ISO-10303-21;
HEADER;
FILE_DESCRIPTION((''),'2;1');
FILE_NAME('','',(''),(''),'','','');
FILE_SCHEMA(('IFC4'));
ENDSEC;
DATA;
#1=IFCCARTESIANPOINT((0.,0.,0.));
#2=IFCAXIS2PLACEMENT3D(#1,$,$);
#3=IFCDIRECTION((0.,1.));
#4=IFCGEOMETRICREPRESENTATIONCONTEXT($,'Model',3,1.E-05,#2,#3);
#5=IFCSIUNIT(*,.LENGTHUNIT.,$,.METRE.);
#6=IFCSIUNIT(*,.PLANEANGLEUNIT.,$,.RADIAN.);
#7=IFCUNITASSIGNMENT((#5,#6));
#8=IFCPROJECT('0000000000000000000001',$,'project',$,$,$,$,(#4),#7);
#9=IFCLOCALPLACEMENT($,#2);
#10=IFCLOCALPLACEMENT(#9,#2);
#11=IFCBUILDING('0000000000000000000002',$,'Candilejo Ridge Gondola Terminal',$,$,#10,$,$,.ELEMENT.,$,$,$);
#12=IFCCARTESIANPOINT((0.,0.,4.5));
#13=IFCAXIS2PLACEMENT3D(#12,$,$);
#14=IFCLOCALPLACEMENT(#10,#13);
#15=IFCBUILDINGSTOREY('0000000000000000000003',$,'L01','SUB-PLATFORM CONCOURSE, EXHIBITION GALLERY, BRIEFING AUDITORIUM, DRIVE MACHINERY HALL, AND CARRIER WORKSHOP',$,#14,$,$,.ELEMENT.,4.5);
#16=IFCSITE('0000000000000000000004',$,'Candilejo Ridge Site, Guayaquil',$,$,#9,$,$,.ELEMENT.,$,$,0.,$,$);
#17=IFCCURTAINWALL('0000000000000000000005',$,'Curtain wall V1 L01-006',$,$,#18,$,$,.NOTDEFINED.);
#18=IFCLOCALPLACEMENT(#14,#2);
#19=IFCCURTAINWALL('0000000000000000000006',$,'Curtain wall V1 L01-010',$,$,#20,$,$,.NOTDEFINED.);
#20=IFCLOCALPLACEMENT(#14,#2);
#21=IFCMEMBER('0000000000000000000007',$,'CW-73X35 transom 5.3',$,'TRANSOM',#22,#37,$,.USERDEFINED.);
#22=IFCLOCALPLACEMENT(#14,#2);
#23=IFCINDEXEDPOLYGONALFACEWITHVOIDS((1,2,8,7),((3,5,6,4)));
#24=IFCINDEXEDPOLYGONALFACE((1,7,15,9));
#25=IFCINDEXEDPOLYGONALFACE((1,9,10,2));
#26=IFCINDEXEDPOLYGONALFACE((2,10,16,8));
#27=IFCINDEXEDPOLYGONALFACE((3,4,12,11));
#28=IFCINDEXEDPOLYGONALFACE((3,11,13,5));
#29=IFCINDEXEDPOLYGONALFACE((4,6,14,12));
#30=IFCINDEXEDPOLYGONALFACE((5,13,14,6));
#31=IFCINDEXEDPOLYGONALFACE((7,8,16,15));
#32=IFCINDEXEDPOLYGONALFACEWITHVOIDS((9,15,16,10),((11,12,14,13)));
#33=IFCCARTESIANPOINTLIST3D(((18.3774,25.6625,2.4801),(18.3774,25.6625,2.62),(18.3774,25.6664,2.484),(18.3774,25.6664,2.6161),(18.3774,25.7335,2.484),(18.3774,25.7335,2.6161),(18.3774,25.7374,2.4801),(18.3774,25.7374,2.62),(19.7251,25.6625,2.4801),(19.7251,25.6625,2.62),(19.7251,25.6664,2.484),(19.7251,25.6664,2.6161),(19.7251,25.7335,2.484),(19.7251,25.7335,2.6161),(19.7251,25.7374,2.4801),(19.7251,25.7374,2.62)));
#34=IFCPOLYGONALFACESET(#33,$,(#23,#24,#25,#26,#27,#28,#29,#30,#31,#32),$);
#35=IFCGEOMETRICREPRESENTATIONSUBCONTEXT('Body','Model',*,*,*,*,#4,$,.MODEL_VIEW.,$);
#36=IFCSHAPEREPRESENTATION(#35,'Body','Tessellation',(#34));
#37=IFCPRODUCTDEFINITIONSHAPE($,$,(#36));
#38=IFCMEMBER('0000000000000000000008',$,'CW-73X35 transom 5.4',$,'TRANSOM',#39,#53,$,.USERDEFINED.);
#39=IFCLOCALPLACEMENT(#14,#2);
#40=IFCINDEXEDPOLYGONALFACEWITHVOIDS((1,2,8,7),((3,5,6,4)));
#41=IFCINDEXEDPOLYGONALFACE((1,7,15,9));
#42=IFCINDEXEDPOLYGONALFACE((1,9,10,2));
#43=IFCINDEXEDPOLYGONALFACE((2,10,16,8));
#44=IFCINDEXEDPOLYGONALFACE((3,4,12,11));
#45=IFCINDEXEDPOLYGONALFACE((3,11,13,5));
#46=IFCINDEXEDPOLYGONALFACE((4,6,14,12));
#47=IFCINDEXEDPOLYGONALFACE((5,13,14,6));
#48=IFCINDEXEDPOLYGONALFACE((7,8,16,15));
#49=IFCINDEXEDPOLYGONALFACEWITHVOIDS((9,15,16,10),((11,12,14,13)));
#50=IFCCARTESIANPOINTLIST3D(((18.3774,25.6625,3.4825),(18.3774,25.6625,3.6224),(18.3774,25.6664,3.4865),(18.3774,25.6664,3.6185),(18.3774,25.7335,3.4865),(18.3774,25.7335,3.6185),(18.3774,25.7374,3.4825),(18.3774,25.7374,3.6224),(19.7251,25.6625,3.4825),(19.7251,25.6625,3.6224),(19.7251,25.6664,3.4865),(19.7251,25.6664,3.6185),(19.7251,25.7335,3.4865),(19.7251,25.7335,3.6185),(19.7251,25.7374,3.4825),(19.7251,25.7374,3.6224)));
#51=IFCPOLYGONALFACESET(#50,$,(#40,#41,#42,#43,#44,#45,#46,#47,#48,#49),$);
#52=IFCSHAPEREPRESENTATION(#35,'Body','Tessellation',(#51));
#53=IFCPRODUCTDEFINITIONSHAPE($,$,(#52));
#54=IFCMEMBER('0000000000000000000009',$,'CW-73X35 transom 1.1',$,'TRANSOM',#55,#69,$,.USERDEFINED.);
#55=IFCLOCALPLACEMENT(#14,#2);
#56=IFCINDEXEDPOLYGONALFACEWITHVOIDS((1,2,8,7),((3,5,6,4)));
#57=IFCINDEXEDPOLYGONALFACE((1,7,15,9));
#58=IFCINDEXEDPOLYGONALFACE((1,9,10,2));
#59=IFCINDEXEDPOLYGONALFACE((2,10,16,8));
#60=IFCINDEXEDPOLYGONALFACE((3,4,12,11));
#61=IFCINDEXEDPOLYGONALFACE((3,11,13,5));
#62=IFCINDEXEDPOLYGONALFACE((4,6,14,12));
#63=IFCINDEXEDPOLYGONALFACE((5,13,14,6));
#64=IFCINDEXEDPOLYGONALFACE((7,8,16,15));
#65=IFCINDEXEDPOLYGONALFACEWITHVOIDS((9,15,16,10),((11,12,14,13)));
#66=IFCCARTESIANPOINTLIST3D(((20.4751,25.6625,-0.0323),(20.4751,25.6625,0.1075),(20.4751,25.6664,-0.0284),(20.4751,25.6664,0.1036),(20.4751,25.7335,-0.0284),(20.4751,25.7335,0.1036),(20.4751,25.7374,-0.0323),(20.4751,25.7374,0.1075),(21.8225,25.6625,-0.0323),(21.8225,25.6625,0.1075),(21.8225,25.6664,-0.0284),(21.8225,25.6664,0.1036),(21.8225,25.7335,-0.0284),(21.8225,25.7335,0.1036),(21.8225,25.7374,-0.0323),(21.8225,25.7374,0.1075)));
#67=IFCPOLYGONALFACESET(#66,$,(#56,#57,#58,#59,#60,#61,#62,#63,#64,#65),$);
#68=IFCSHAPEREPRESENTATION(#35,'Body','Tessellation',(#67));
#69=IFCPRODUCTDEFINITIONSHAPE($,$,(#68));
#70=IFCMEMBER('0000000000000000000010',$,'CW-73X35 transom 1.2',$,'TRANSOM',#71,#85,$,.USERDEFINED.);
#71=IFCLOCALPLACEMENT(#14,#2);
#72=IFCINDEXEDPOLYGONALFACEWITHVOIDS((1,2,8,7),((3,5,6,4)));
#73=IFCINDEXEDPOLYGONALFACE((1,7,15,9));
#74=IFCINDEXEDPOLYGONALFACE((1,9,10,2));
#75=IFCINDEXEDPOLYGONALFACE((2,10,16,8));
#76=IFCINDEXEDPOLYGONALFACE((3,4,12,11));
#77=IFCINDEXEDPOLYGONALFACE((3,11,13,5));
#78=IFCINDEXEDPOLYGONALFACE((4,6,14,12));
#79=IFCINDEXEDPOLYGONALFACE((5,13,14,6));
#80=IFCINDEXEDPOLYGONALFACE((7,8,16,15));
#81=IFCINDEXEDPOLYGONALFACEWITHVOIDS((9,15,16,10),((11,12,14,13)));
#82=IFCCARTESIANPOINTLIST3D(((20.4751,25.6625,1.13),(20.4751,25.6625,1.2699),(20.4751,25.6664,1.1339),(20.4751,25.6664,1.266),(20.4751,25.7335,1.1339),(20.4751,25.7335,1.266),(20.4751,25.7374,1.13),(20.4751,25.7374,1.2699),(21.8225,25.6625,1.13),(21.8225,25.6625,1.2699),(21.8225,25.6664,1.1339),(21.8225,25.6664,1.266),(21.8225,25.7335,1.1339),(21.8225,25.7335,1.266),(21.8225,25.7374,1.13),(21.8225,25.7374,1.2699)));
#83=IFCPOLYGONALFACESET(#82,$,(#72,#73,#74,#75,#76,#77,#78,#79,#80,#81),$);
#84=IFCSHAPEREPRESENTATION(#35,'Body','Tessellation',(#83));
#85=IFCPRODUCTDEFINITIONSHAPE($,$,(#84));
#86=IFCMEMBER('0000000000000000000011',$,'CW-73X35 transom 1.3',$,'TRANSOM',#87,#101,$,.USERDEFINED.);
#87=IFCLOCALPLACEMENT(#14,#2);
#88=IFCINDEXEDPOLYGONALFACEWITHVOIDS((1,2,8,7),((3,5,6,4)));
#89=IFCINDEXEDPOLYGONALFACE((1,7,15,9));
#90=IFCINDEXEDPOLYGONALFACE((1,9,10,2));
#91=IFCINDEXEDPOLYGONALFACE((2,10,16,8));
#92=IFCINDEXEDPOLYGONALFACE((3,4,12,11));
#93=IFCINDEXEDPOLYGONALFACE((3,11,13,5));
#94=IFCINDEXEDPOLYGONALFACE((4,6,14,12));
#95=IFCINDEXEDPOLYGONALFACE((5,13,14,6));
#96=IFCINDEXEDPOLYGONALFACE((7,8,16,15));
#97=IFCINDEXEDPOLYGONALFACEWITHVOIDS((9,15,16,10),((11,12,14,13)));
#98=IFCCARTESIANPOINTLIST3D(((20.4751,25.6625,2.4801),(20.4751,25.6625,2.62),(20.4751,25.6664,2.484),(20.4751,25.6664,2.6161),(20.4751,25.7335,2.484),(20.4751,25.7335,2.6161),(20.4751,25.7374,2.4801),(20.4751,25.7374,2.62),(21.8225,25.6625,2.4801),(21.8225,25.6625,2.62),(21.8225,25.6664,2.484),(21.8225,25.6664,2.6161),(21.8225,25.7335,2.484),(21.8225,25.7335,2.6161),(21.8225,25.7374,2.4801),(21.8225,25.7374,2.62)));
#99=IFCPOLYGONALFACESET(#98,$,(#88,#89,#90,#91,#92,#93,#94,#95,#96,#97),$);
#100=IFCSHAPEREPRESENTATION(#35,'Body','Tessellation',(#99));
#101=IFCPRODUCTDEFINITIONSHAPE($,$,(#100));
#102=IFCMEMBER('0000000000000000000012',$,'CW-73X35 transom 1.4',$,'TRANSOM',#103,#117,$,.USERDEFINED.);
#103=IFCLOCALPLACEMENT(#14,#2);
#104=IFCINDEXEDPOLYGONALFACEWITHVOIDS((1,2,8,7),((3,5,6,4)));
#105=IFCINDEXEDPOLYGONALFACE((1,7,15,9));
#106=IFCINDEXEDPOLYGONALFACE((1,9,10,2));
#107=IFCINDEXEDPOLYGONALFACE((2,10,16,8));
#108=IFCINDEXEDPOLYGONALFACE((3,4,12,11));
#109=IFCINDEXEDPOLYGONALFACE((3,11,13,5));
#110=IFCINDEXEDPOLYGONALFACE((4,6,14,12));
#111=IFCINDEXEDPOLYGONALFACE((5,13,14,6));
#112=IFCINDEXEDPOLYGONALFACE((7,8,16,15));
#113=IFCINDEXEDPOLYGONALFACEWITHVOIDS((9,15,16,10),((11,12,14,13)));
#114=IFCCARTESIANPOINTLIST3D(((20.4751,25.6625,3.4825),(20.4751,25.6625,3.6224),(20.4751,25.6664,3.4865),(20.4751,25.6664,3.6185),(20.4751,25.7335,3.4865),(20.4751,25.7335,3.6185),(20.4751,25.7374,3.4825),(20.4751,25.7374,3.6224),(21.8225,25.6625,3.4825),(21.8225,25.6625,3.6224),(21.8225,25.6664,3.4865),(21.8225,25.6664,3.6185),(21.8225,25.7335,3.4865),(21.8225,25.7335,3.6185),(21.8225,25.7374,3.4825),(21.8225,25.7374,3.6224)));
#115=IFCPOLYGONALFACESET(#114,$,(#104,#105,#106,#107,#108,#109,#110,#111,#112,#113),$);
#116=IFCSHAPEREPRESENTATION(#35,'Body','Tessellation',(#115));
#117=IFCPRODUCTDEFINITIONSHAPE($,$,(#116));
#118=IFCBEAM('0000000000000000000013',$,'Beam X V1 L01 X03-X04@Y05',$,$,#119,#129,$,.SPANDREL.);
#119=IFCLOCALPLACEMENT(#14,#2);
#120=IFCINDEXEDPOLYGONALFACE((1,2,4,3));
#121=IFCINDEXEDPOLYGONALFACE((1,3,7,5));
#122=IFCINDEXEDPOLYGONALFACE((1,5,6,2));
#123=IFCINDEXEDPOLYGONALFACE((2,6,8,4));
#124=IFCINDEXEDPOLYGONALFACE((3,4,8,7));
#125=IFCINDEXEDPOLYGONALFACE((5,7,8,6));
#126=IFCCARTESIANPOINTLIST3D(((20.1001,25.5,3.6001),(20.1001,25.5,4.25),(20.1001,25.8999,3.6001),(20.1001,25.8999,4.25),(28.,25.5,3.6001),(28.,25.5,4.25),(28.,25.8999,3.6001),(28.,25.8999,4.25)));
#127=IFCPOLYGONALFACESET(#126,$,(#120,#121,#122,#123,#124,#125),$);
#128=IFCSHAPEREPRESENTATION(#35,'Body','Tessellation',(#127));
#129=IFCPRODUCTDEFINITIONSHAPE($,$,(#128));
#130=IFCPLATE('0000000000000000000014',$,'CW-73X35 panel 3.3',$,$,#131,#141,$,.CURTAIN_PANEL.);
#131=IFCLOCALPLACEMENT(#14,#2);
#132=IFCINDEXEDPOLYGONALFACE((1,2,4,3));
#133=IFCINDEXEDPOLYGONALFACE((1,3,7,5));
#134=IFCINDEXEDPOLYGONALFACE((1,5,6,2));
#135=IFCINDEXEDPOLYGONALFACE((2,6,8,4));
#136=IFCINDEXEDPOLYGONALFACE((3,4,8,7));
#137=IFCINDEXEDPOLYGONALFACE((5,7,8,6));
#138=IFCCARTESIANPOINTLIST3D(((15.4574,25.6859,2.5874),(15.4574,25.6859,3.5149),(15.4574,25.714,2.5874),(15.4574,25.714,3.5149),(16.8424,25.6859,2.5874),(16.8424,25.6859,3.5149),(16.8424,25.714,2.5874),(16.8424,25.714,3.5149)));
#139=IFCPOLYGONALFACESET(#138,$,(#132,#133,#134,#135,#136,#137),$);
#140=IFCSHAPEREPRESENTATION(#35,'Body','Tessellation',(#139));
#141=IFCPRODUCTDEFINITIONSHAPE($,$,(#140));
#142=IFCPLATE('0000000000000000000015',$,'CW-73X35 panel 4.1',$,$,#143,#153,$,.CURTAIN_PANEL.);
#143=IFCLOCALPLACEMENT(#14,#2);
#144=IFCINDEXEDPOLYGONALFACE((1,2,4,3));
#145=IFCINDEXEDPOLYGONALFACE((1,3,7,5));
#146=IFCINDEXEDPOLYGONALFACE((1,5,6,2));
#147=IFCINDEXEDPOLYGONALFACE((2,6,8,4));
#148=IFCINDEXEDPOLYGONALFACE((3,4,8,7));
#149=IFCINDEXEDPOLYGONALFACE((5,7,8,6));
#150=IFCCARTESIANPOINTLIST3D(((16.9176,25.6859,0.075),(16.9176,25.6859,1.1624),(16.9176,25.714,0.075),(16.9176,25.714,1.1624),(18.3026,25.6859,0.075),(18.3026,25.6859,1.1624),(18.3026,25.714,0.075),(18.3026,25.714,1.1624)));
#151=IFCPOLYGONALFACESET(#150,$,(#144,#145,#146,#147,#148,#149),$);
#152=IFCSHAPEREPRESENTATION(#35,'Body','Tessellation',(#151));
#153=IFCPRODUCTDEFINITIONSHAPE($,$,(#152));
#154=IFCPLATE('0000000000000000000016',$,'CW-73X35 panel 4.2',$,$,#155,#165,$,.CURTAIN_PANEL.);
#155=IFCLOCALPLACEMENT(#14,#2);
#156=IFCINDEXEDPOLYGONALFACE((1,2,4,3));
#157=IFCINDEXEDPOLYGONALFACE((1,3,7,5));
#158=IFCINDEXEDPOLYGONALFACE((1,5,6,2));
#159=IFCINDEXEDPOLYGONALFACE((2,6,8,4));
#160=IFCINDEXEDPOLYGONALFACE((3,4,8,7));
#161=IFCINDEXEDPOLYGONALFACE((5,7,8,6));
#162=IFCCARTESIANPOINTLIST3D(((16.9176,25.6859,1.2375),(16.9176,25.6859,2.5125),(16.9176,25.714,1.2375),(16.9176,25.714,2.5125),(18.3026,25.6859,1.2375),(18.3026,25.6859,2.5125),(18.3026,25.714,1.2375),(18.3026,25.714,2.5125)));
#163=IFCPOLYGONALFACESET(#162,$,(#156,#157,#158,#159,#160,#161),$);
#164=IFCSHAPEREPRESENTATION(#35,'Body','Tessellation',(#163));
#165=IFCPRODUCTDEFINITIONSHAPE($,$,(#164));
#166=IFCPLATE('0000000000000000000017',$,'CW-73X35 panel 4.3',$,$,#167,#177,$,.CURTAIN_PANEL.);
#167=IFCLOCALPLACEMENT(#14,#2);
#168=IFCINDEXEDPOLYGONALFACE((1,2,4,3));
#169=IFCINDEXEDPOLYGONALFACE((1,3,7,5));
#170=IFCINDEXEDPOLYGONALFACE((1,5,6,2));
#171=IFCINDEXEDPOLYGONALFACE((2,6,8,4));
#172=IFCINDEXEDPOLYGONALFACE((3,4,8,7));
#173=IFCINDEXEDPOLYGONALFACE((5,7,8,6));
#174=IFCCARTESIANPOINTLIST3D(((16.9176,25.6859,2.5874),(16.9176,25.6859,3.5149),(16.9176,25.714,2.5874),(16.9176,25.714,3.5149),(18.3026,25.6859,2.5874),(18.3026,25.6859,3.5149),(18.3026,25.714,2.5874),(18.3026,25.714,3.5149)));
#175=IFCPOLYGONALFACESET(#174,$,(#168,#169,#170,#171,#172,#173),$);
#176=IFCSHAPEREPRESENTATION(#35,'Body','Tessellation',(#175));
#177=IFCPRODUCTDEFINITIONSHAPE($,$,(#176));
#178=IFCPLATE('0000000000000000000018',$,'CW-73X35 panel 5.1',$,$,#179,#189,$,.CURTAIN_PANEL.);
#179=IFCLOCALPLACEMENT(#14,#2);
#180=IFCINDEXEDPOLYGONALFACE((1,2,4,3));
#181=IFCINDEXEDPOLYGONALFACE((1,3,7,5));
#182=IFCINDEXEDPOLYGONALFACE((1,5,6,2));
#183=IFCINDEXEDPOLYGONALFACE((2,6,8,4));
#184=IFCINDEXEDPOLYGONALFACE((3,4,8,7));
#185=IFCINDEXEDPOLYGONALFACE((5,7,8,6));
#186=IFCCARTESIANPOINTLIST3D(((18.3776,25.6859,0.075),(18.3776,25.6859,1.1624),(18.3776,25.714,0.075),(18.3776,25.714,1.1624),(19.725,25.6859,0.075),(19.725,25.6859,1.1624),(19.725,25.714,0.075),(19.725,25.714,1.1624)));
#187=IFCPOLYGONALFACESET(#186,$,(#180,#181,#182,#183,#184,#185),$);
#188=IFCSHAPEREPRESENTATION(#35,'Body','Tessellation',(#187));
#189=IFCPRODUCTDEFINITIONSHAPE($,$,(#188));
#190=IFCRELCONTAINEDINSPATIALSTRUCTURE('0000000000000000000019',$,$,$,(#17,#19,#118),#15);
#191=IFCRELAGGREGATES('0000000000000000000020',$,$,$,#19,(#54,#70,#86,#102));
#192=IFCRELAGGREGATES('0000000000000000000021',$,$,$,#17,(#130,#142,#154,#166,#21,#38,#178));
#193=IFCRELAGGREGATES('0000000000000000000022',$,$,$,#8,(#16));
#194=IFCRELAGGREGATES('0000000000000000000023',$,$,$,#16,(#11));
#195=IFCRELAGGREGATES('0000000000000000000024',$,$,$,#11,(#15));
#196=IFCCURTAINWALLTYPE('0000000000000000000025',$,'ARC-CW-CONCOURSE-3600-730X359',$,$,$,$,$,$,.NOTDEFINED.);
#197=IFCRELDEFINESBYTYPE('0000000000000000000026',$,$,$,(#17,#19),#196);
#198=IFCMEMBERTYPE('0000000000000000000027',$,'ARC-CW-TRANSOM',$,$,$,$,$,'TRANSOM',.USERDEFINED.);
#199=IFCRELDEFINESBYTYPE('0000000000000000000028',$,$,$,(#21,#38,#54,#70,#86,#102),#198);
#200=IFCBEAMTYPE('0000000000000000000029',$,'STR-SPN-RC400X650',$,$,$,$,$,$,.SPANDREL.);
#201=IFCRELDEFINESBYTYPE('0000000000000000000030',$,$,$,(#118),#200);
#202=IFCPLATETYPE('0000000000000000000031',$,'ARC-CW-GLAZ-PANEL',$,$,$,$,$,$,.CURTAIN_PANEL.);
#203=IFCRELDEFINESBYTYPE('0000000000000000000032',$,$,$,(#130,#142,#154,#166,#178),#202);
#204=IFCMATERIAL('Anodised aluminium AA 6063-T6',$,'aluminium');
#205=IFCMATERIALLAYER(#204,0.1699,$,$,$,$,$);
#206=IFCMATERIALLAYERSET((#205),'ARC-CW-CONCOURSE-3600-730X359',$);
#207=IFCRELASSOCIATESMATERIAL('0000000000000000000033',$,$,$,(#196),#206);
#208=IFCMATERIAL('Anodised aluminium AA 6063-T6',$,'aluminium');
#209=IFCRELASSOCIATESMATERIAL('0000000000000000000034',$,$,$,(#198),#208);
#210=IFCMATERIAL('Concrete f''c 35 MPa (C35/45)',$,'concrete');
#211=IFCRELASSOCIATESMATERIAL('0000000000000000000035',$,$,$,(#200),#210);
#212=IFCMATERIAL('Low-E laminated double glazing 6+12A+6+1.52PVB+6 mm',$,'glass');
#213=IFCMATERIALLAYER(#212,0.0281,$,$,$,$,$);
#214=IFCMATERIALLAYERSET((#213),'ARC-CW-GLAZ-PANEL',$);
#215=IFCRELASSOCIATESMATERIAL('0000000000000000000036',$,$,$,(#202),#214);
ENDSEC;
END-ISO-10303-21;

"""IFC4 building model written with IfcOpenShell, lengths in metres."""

from ifc_helpers import new_model, si_unit, direction, frame, origin, origin_2d, place, context, subcontext, project, spatial, rectangle, hollow_rectangle, extrude, material, layer, layer_set, material_profile, profile_set, type_object, element, aggregate, save


model = new_model("IFC4")

# Units and contexts
model_context = context("Model", 3, precision=1e-05, world=origin(), true_north=direction((0.0, 1.0)))
body_context = subcontext(model_context, "Body", "Model", "MODEL_VIEW")
ifc_project = project(units=[si_unit("LENGTHUNIT", "METRE"), si_unit("PLANEANGLEUNIT", "RADIAN")], contexts=[model_context])

# Site, building, storey
site_placement = place(None, origin())
site = spatial("IfcSite", under=ifc_project, at=site_placement, Name="Candilejo Ridge Site, Guayaquil", CompositionType="ELEMENT", RefElevation=0.0)
building_placement = place(site_placement, origin())
building = spatial("IfcBuilding", under=site, at=building_placement, Name="Candilejo Ridge Gondola Terminal", CompositionType="ELEMENT")
storey_placement = place(building_placement, frame((0.0, 0.0, 4.5)))
storey = spatial("IfcBuildingStorey", under=building, at=storey_placement, Name="L01", Description="SUB-PLATFORM CONCOURSE, EXHIBITION GALLERY, BRIEFING AUDITORIUM, DRIVE MACHINERY HALL, AND CARRIER WORKSHOP", CompositionType="ELEMENT", Elevation=4.5)

# Curtain wall
ifc_material_1 = material(Name="Anodised aluminium AA 6063-T6", Category="aluminium")
ifc_layer_1 = layer(ifc_material_1, 0.1699)
ifc_layer_set_1 = layer_set([ifc_layer_1], Name="ARC-CW-CONCOURSE-3600-730X359")
curtain_wall_type = type_object("IfcCurtainWallType", Name="ARC-CW-CONCOURSE-3600-730X359", PredefinedType="NOTDEFINED", material=ifc_layer_set_1)
curtain_wall_1_placement = place(storey_placement, origin())
curtain_wall_1 = element("IfcCurtainWall", 1, at=curtain_wall_1_placement, inside=storey, type_object=curtain_wall_type, Name="Curtain wall V1 L01-006", PredefinedType="NOTDEFINED")

# Curtain wall
curtain_wall_2_placement = place(storey_placement, origin())
curtain_wall_2 = element("IfcCurtainWall", 2, at=curtain_wall_2_placement, inside=storey, type_object=curtain_wall_type, Name="Curtain wall V1 L01-010", PredefinedType="NOTDEFINED")

# Members
ifc_material_2 = material(Name="Anodised aluminium AA 6063-T6", Category="aluminium")
ifc_material_profile_1 = material_profile(ifc_material_2, hollow_rectangle(XDim=0.075, YDim=0.1399, WallThickness=0.0039, at=origin_2d()))
ifc_profile_set_1 = profile_set([ifc_material_profile_1], Name="Anodised aluminium AA 6063-T6")
member_type_1 = type_object("IfcMemberType", Name="ARC-CW-TRANSOM", ElementType="TRANSOM", PredefinedType="USERDEFINED", material=ifc_profile_set_1)
member_1_placement = place(storey_placement, frame((18.3774, 25.7, 2.55), z_axis=(1.0, 0.0, 0.0), x_axis=(0.0, 1.0, 0.0)))
member_1 = element("IfcMember", 3, at=member_1_placement, type_object=member_type_1, Name="CW-73X35 transom 5.3", ObjectType="TRANSOM", PredefinedType="USERDEFINED", context=body_context, shape_type="SweptSolid", body=[
    extrude(hollow_rectangle(XDim=0.075, YDim=0.1399, WallThickness=0.0039, at=origin_2d()), origin(), (0.0, 0.0, 1.0), 1.3477),
])
member_2_placement = place(storey_placement, frame((18.3774, 25.7, 3.5525), z_axis=(1.0, 0.0, 0.0), x_axis=(0.0, 1.0, 0.0)))
member_2 = element("IfcMember", 4, at=member_2_placement, type_object=member_type_1, Name="CW-73X35 transom 5.4", ObjectType="TRANSOM", PredefinedType="USERDEFINED", context=body_context, shape_type="SweptSolid", body=[
    extrude(hollow_rectangle(XDim=0.075, YDim=0.1399, WallThickness=0.0039, at=origin_2d()), origin(), (0.0, 0.0, 1.0), 1.3477),
])
member_3_placement = place(storey_placement, frame((20.4751, 25.7, 0.0376), z_axis=(1.0, 0.0, 0.0), x_axis=(0.0, 1.0, 0.0)))
member_3 = element("IfcMember", 5, at=member_3_placement, type_object=member_type_1, Name="CW-73X35 transom 1.1", ObjectType="TRANSOM", PredefinedType="USERDEFINED", context=body_context, shape_type="SweptSolid", body=[
    extrude(hollow_rectangle(XDim=0.075, YDim=0.1399, WallThickness=0.0039, at=origin_2d()), origin(), (0.0, 0.0, 1.0), 1.3474),
])
member_4_placement = place(storey_placement, frame((20.4751, 25.7, 1.2), z_axis=(1.0, 0.0, 0.0), x_axis=(0.0, 1.0, 0.0)))
member_4 = element("IfcMember", 6, at=member_4_placement, type_object=member_type_1, Name="CW-73X35 transom 1.2", ObjectType="TRANSOM", PredefinedType="USERDEFINED", context=body_context, shape_type="SweptSolid", body=[
    extrude(hollow_rectangle(XDim=0.075, YDim=0.1399, WallThickness=0.0039, at=origin_2d()), origin(), (0.0, 0.0, 1.0), 1.3474),
])
member_5_placement = place(storey_placement, frame((20.4751, 25.7, 2.55), z_axis=(1.0, 0.0, 0.0), x_axis=(0.0, 1.0, 0.0)))
member_5 = element("IfcMember", 7, at=member_5_placement, type_object=member_type_1, Name="CW-73X35 transom 1.3", ObjectType="TRANSOM", PredefinedType="USERDEFINED", context=body_context, shape_type="SweptSolid", body=[
    extrude(hollow_rectangle(XDim=0.075, YDim=0.1399, WallThickness=0.0039, at=origin_2d()), origin(), (0.0, 0.0, 1.0), 1.3474),
])
member_6_placement = place(storey_placement, frame((20.4751, 25.7, 3.5525), z_axis=(1.0, 0.0, 0.0), x_axis=(0.0, 1.0, 0.0)))
member_6 = element("IfcMember", 8, at=member_6_placement, type_object=member_type_1, Name="CW-73X35 transom 1.4", ObjectType="TRANSOM", PredefinedType="USERDEFINED", context=body_context, shape_type="SweptSolid", body=[
    extrude(hollow_rectangle(XDim=0.075, YDim=0.1399, WallThickness=0.0039, at=origin_2d()), origin(), (0.0, 0.0, 1.0), 1.3474),
])
aggregate(curtain_wall_2, [member_3, member_4, member_5, member_6])

# Beam
ifc_material_3 = material(Name="Concrete f'c 35 MPa (C35/45)", Category="concrete")
ifc_material_profile_2 = material_profile(ifc_material_3, rectangle(XDim=0.3999, YDim=0.6499, at=origin_2d()))
ifc_profile_set_2 = profile_set([ifc_material_profile_2], Name="Concrete f'c 35 MPa (C35/45)")
beam_type = type_object("IfcBeamType", Name="STR-SPN-RC400X650", PredefinedType="SPANDREL", material=ifc_profile_set_2)
beam_placement = place(storey_placement, frame((20.1001, 25.7, 3.925), z_axis=(1.0, 0.0, 0.0), x_axis=(0.0, 1.0, 0.0)))
element("IfcBeam", 9, at=beam_placement, inside=storey, type_object=beam_type, Name="Beam X V1 L01 X03-X04@Y05", PredefinedType="SPANDREL", context=body_context, shape_type="SweptSolid", body=[
    extrude(rectangle(XDim=0.3999, YDim=0.6499, at=origin_2d()), origin(), (0.0, 0.0, 1.0), 7.8999),
])

# Plates
ifc_material_4 = material(Name="Low-E laminated double glazing 6+12A+6+1.52PVB+6 mm", Category="glass")
ifc_layer_2 = layer(ifc_material_4, 0.0281)
ifc_layer_set_2 = layer_set([ifc_layer_2], Name="ARC-CW-GLAZ-PANEL")
plate_type = type_object("IfcPlateType", Name="ARC-CW-GLAZ-PANEL", PredefinedType="CURTAIN_PANEL", material=ifc_layer_set_2)
plate_1_placement = place(storey_placement, frame((16.1499, 25.7, 2.5874), z_axis=(0.0, 0.0, 1.0), x_axis=(1.0, 0.0, 0.0)))
plate_1 = element("IfcPlate", 10, at=plate_1_placement, type_object=plate_type, Name="CW-73X35 panel 3.3", PredefinedType="CURTAIN_PANEL", context=body_context, shape_type="SweptSolid", body=[
    extrude(rectangle(XDim=1.385, YDim=0.0281, at=origin_2d()), origin(), (0.0, 0.0, 1.0), 0.9275),
])
plate_2_placement = place(storey_placement, frame((17.6101, 25.7, 0.075), z_axis=(0.0, 0.0, 1.0), x_axis=(1.0, 0.0, 0.0)))
plate_2 = element("IfcPlate", 11, at=plate_2_placement, type_object=plate_type, Name="CW-73X35 panel 4.1", PredefinedType="CURTAIN_PANEL", context=body_context, shape_type="SweptSolid", body=[
    extrude(rectangle(XDim=1.385, YDim=0.0281, at=origin_2d()), origin(), (0.0, 0.0, 1.0), 1.0874),
])
plate_3_placement = place(storey_placement, frame((17.6101, 25.7, 1.2375), z_axis=(0.0, 0.0, 1.0), x_axis=(1.0, 0.0, 0.0)))
plate_3 = element("IfcPlate", 12, at=plate_3_placement, type_object=plate_type, Name="CW-73X35 panel 4.2", PredefinedType="CURTAIN_PANEL", context=body_context, shape_type="SweptSolid", body=[
    extrude(rectangle(XDim=1.385, YDim=0.0281, at=origin_2d()), origin(), (0.0, 0.0, 1.0), 1.2749),
])
plate_4_placement = place(storey_placement, frame((17.6101, 25.7, 2.5874), z_axis=(0.0, 0.0, 1.0), x_axis=(1.0, 0.0, 0.0)))
plate_4 = element("IfcPlate", 13, at=plate_4_placement, type_object=plate_type, Name="CW-73X35 panel 4.3", PredefinedType="CURTAIN_PANEL", context=body_context, shape_type="SweptSolid", body=[
    extrude(rectangle(XDim=1.385, YDim=0.0281, at=origin_2d()), origin(), (0.0, 0.0, 1.0), 0.9275),
])
plate_5_placement = place(storey_placement, frame((19.0513, 25.7, 0.075), z_axis=(0.0, 0.0, 1.0), x_axis=(1.0, 0.0, 0.0)))
plate_5 = element("IfcPlate", 14, at=plate_5_placement, type_object=plate_type, Name="CW-73X35 panel 5.1", PredefinedType="CURTAIN_PANEL", context=body_context, shape_type="SweptSolid", body=[
    extrude(rectangle(XDim=1.3474, YDim=0.0281, at=origin_2d()), origin(), (0.0, 0.0, 1.0), 1.0874),
])
aggregate(curtain_wall_1, [plate_1, plate_2, plate_3, plate_4, member_1, member_2, plate_5])

save(model, "model.ifc")
